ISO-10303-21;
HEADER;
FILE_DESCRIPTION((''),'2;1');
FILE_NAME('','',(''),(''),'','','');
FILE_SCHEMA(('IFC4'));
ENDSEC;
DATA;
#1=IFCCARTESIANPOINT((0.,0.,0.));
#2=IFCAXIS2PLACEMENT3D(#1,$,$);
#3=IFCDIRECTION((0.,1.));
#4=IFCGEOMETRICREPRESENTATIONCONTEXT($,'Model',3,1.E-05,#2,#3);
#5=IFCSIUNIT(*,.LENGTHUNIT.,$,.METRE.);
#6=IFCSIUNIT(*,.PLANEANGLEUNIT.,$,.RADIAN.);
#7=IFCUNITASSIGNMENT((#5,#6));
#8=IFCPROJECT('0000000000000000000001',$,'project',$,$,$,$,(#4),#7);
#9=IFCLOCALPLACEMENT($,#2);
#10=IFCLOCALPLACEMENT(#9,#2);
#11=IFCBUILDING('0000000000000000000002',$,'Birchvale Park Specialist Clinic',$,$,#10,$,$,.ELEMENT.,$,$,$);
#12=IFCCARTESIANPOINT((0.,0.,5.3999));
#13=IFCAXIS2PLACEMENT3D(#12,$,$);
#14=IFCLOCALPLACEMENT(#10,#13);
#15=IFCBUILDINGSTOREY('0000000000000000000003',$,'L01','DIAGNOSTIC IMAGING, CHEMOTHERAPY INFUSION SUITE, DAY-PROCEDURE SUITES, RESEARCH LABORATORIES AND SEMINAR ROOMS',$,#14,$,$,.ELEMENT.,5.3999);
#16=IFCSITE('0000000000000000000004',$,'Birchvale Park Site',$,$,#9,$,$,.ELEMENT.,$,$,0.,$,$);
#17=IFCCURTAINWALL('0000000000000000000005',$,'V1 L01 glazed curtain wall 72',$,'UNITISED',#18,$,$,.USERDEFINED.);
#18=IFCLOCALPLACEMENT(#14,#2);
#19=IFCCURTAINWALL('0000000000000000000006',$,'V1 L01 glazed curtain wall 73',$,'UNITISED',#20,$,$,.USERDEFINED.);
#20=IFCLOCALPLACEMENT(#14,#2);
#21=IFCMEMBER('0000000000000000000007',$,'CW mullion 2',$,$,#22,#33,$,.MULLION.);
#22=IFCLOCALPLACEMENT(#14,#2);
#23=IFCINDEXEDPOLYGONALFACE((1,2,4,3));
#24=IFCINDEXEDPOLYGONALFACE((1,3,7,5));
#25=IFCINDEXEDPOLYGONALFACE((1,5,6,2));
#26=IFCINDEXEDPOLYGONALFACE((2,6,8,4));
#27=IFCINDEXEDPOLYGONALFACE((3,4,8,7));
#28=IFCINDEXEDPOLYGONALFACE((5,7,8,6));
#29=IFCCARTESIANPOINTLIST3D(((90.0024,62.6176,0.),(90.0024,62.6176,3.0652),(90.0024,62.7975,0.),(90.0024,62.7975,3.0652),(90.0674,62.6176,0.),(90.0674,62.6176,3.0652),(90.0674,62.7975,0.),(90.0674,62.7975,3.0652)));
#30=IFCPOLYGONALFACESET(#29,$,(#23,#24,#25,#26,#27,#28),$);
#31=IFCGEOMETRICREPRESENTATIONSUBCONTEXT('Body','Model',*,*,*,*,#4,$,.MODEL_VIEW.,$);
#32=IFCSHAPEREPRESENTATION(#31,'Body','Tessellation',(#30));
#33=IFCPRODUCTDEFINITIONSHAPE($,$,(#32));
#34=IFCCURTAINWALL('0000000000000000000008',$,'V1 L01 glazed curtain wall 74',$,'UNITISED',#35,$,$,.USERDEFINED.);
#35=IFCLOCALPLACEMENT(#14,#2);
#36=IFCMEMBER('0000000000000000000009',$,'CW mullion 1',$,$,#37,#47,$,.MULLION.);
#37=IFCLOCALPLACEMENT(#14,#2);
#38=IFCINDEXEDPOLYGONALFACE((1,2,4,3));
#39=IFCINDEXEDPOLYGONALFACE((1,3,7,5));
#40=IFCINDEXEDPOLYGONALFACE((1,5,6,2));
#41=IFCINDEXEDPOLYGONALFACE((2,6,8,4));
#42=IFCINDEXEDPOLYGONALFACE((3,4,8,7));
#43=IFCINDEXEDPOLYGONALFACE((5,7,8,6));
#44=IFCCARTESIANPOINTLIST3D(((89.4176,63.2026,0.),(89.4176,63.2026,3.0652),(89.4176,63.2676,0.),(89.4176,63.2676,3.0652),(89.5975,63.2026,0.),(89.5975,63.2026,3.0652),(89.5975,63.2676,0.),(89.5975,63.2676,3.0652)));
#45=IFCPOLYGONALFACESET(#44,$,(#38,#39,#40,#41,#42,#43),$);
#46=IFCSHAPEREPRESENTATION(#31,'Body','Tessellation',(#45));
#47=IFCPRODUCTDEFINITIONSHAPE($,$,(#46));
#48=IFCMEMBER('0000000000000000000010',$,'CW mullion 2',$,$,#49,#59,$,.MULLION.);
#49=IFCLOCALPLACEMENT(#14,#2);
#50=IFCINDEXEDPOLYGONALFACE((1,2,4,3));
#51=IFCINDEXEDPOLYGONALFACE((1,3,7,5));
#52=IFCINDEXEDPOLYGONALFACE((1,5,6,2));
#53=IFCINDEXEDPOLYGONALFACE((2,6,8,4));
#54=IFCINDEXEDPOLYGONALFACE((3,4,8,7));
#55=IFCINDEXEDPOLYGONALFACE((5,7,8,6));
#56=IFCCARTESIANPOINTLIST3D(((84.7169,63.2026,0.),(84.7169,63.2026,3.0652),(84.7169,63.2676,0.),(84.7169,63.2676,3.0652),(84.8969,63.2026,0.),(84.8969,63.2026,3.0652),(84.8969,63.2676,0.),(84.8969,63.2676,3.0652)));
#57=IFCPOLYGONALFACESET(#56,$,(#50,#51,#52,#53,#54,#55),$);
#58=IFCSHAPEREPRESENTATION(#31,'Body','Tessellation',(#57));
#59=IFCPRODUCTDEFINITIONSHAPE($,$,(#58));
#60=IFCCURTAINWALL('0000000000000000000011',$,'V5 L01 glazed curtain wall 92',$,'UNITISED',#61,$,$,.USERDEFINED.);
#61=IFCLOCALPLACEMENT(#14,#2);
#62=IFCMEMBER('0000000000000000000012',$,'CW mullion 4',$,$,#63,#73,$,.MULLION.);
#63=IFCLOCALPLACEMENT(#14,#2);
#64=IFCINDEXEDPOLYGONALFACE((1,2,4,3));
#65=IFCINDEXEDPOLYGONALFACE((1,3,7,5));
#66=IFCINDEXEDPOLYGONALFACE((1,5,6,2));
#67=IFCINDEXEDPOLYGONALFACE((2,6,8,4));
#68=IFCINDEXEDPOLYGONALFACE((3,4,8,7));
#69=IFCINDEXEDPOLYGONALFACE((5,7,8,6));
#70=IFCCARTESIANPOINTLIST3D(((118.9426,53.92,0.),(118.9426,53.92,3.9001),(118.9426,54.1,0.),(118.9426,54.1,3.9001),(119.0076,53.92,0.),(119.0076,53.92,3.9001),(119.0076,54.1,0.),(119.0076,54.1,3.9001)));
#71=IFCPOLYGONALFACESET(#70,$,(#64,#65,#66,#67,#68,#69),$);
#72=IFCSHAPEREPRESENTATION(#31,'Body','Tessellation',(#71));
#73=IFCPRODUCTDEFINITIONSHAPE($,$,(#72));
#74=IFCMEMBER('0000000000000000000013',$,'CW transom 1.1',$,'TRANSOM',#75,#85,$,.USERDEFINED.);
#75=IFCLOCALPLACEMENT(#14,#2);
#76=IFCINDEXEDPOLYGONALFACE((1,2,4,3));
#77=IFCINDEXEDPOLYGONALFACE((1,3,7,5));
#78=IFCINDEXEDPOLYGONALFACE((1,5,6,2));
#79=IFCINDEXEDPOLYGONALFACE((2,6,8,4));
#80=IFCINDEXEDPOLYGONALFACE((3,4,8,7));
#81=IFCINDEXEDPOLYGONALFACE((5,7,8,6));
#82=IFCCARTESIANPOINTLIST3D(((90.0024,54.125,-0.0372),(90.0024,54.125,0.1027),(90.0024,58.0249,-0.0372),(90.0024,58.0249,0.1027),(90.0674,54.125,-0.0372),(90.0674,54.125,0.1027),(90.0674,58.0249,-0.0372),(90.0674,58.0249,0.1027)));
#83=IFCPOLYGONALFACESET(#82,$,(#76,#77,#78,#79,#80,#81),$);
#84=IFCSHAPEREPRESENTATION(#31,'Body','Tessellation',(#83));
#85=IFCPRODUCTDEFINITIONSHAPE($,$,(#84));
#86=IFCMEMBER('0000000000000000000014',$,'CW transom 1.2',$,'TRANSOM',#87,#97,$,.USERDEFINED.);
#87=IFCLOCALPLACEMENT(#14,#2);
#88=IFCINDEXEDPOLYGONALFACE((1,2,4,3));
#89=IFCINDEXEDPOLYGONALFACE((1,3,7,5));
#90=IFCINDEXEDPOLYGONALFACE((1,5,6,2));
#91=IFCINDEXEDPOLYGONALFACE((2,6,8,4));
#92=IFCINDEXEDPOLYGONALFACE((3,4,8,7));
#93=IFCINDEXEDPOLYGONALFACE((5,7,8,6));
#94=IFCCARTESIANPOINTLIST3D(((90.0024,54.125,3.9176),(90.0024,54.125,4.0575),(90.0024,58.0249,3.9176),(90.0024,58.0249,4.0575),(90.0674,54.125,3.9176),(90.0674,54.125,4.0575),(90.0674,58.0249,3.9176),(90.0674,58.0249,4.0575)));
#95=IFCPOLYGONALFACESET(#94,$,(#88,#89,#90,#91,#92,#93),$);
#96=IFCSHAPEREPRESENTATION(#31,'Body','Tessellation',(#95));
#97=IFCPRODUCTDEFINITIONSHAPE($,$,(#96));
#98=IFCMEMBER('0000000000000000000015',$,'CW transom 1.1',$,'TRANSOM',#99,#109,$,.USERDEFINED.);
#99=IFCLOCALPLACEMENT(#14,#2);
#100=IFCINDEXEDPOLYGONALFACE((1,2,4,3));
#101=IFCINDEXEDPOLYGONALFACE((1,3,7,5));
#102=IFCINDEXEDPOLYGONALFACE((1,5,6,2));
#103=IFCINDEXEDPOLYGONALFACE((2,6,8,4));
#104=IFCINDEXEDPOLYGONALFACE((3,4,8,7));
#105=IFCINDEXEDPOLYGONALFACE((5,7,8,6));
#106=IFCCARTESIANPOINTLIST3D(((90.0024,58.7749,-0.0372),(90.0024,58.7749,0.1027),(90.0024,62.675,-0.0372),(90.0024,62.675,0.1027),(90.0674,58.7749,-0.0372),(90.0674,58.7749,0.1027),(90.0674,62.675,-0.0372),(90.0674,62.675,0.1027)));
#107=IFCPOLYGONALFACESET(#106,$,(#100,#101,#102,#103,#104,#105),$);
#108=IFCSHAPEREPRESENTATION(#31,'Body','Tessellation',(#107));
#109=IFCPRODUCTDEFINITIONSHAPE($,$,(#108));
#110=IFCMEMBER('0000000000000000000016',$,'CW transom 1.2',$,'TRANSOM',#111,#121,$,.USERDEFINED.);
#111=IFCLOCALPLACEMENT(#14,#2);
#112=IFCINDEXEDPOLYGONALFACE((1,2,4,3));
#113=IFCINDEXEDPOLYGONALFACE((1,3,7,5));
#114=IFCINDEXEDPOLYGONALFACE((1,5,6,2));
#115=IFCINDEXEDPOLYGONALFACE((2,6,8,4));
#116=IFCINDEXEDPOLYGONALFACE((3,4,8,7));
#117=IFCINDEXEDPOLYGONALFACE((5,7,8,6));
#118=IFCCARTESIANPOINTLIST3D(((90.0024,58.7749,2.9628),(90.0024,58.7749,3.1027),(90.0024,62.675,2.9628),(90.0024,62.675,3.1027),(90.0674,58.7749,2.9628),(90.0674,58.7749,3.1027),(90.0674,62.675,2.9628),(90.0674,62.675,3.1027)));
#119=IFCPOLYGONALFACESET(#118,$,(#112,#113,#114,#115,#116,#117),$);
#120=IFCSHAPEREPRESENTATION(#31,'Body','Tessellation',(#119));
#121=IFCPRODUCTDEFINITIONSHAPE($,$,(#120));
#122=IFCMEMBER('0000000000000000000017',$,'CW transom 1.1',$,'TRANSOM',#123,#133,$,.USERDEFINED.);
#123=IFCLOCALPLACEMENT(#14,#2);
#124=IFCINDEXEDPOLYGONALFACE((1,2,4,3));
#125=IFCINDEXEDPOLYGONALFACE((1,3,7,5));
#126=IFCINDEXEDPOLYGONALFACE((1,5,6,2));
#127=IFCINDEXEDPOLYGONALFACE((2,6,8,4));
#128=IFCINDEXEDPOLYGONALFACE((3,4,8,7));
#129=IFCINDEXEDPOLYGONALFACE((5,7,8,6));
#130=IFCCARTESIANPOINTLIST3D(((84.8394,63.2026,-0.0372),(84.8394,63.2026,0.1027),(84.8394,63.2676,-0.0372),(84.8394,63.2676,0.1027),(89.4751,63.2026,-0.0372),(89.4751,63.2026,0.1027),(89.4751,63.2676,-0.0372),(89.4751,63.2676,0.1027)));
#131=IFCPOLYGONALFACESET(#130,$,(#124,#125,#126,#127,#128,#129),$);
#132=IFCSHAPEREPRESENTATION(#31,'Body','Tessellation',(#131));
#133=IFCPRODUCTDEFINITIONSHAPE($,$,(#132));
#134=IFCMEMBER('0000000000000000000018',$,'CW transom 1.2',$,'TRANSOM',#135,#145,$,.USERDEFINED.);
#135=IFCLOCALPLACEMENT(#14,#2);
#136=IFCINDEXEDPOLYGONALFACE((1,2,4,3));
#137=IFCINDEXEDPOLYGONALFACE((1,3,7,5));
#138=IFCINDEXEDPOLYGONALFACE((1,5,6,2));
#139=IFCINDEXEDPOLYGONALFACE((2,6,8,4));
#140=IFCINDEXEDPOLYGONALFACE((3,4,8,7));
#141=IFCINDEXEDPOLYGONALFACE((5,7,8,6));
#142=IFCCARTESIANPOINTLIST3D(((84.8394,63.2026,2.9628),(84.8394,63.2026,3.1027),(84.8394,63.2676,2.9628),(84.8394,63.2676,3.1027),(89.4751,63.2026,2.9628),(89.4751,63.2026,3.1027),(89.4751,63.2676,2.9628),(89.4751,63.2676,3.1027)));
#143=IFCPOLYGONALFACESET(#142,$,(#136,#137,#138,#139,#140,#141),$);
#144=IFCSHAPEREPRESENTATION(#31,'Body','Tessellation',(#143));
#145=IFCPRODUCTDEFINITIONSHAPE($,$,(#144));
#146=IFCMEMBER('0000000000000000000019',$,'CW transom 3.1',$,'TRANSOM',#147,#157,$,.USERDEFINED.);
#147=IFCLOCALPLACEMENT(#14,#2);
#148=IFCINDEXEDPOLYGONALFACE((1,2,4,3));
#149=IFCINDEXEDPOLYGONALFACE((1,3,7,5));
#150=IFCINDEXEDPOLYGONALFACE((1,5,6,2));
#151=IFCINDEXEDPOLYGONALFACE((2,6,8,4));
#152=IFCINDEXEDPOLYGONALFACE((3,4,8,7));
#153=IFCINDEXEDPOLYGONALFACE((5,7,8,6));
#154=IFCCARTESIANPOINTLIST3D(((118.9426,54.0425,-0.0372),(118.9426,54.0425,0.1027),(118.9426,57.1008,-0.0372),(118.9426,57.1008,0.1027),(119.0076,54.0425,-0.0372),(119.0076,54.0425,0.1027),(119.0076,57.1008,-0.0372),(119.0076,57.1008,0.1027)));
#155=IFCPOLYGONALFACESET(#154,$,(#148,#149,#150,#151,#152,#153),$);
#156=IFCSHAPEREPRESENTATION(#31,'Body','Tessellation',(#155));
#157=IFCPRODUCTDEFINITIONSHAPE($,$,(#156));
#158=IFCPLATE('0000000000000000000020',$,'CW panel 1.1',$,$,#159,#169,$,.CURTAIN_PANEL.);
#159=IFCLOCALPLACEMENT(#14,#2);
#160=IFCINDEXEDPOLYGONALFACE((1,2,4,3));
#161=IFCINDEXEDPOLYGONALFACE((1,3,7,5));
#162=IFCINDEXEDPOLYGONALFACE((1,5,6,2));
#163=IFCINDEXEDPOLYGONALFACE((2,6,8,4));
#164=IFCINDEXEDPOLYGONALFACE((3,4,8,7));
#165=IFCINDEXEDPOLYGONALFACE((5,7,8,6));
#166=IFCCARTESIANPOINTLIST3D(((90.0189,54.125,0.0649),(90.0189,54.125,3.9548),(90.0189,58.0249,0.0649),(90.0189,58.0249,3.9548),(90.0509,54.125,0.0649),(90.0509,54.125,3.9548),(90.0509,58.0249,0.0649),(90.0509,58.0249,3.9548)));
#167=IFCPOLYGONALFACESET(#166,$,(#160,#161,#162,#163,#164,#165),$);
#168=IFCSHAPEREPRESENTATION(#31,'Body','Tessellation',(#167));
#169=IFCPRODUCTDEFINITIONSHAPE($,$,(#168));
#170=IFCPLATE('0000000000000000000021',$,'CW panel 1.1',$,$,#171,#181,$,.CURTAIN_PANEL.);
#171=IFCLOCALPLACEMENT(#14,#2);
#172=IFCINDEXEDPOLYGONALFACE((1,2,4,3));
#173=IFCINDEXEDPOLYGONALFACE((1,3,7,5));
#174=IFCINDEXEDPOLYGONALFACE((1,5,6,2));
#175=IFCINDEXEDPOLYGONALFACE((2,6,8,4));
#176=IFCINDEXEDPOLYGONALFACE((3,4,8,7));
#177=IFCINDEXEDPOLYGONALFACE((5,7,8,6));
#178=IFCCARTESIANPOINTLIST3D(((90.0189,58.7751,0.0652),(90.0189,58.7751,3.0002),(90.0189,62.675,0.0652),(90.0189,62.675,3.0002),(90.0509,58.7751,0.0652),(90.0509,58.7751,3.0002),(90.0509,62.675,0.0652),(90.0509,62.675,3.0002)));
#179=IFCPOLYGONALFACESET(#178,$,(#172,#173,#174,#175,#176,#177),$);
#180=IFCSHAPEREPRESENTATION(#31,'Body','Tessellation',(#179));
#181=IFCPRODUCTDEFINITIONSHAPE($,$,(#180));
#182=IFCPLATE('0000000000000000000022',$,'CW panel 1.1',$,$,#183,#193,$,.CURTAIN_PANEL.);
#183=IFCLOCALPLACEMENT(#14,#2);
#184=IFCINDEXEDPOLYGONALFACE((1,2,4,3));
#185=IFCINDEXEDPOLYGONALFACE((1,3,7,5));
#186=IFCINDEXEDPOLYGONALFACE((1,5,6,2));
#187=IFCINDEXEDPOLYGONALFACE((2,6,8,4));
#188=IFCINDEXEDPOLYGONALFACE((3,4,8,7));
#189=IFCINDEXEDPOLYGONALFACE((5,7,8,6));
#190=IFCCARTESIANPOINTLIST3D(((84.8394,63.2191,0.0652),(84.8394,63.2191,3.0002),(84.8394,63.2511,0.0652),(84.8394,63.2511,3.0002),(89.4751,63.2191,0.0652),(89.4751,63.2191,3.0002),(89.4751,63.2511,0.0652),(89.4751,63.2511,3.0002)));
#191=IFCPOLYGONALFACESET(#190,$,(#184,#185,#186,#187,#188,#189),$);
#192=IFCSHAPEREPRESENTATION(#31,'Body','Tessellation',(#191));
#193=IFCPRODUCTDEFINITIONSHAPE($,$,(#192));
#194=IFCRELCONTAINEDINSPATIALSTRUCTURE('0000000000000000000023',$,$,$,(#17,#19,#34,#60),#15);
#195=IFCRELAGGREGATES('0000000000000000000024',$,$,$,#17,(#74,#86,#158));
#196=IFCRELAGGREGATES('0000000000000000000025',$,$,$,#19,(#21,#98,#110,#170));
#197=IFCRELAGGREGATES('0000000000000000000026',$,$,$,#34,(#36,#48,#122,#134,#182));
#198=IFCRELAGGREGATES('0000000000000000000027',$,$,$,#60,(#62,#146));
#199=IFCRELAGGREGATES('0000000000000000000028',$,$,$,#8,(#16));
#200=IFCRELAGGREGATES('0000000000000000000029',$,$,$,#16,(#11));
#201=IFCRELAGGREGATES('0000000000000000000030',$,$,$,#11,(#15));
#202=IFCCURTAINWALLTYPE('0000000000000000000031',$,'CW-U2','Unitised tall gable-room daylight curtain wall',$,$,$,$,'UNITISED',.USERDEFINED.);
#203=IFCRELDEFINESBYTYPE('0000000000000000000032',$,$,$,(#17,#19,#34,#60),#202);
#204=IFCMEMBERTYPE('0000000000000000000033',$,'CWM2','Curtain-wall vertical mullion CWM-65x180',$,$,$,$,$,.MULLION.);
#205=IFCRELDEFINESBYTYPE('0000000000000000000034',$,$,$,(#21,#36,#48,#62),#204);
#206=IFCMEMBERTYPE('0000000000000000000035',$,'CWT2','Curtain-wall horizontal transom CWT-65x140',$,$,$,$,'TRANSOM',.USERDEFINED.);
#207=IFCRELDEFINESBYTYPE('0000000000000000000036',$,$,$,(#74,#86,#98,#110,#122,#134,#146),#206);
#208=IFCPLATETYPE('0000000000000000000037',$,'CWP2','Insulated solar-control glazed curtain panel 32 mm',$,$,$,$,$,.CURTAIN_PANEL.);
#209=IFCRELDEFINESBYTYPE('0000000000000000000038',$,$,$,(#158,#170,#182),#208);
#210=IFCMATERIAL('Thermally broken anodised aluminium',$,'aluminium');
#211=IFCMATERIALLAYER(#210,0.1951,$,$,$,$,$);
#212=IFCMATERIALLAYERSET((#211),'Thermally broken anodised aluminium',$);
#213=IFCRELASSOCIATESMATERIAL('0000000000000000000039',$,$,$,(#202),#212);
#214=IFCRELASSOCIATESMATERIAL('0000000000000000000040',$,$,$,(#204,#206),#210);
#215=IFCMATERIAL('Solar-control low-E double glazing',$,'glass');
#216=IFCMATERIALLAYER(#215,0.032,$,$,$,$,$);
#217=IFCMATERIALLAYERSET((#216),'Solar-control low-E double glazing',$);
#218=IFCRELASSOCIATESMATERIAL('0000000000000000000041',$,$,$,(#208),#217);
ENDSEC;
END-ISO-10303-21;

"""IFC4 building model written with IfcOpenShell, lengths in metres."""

from ifc_helpers import new_model, si_unit, direction, frame, origin, origin_2d, place, context, subcontext, project, spatial, rectangle, extrude, material, layer, layer_set, material_profile, profile_set, type_object, element, aggregate, save


model = new_model("IFC4")

# Units and contexts
model_context = context("Model", 3, precision=1e-05, world=origin(), true_north=direction((0.0, 1.0)))
body_context = subcontext(model_context, "Body", "Model", "MODEL_VIEW")
ifc_project = project(units=[si_unit("LENGTHUNIT", "METRE"), si_unit("PLANEANGLEUNIT", "RADIAN")], contexts=[model_context])

# Site, building, storey
site_placement = place(None, origin())
site = spatial("IfcSite", under=ifc_project, at=site_placement, Name="Birchvale Park Site", CompositionType="ELEMENT", RefElevation=0.0)
building_placement = place(site_placement, origin())
building = spatial("IfcBuilding", under=site, at=building_placement, Name="Birchvale Park Specialist Clinic", CompositionType="ELEMENT")
storey_placement = place(building_placement, frame((0.0, 0.0, 5.3999)))
storey = spatial("IfcBuildingStorey", under=building, at=storey_placement, Name="L01", Description="DIAGNOSTIC IMAGING, CHEMOTHERAPY INFUSION SUITE, DAY-PROCEDURE SUITES, RESEARCH LABORATORIES AND SEMINAR ROOMS", CompositionType="ELEMENT", Elevation=5.3999)

# Curtain walls, members
ifc_material_1 = material(Name="Thermally broken anodised aluminium", Category="aluminium")
ifc_layer_1 = layer(ifc_material_1, 0.1951)
ifc_layer_set_1 = layer_set([ifc_layer_1], Name="Thermally broken anodised aluminium")
curtain_wall_type = type_object("IfcCurtainWallType", Name="CW-U2", Description="Unitised tall gable-room daylight curtain wall", ElementType="UNITISED", PredefinedType="USERDEFINED", material=ifc_layer_set_1)
curtain_wall_1_placement = place(storey_placement, origin())
curtain_wall_1 = element("IfcCurtainWall", 1, at=curtain_wall_1_placement, inside=storey, type_object=curtain_wall_type, Name="V1 L01 glazed curtain wall 72", ObjectType="UNITISED", PredefinedType="USERDEFINED")
ifc_material_profile_1 = material_profile(ifc_material_1, rectangle(XDim=0.0649, YDim=0.1799, at=origin_2d()), Name="CWM-65x180")
ifc_profile_set_1 = profile_set([ifc_material_profile_1], Name="Thermally broken anodised aluminium")
member_type_1 = type_object("IfcMemberType", Name="CWM2", Description="Curtain-wall vertical mullion CWM-65x180", PredefinedType="MULLION", material=ifc_profile_set_1)
curtain_wall_2_placement = place(storey_placement, origin())
curtain_wall_2 = element("IfcCurtainWall", 2, at=curtain_wall_2_placement, inside=storey, type_object=curtain_wall_type, Name="V1 L01 glazed curtain wall 73", ObjectType="UNITISED", PredefinedType="USERDEFINED")
member_1_placement = place(storey_placement, frame((90.0349, 62.7075, 0.0), z_axis=(0.0, 0.0, 1.0), x_axis=(-1.0, 0.0, 0.0)))
member_1 = element("IfcMember", 3, at=member_1_placement, type_object=member_type_1, Name="CW mullion 2", PredefinedType="MULLION", context=body_context, shape_type="SweptSolid", body=[
    extrude(rectangle(XDim=0.0649, YDim=0.1799, at=origin_2d()), origin(), (0.0, 0.0, 1.0), 3.0652),
])
curtain_wall_3_placement = place(storey_placement, origin())
curtain_wall_3 = element("IfcCurtainWall", 4, at=curtain_wall_3_placement, inside=storey, type_object=curtain_wall_type, Name="V1 L01 glazed curtain wall 74", ObjectType="UNITISED", PredefinedType="USERDEFINED")
member_2_placement = place(storey_placement, frame((89.5076, 63.2351, 0.0), z_axis=(0.0, 0.0, 1.0), x_axis=(0.0, -1.0, 0.0)))
member_2 = element("IfcMember", 5, at=member_2_placement, type_object=member_type_1, Name="CW mullion 1", PredefinedType="MULLION", context=body_context, shape_type="SweptSolid", body=[
    extrude(rectangle(XDim=0.0649, YDim=0.1799, at=origin_2d()), origin(), (0.0, 0.0, 1.0), 3.0652),
])
member_3_placement = place(storey_placement, frame((84.8069, 63.2351, 0.0), z_axis=(0.0, 0.0, 1.0), x_axis=(0.0, -1.0, 0.0)))
member_3 = element("IfcMember", 6, at=member_3_placement, type_object=member_type_1, Name="CW mullion 2", PredefinedType="MULLION", context=body_context, shape_type="SweptSolid", body=[
    extrude(rectangle(XDim=0.0649, YDim=0.1799, at=origin_2d()), origin(), (0.0, 0.0, 1.0), 3.0652),
])

# Curtain wall, member
curtain_wall_4_placement = place(storey_placement, origin())
curtain_wall_4 = element("IfcCurtainWall", 7, at=curtain_wall_4_placement, inside=storey, type_object=curtain_wall_type, Name="V5 L01 glazed curtain wall 92", ObjectType="UNITISED", PredefinedType="USERDEFINED")
member_4_placement = place(storey_placement, frame((118.9751, 54.01, 0.0), z_axis=(0.0, 0.0, 1.0), x_axis=(1.0, 0.0, 0.0)))
member_4 = element("IfcMember", 8, at=member_4_placement, type_object=member_type_1, Name="CW mullion 4", PredefinedType="MULLION", context=body_context, shape_type="SweptSolid", body=[
    extrude(rectangle(XDim=0.0649, YDim=0.1799, at=origin_2d()), origin(), (0.0, 0.0, 1.0), 3.9001),
])

# Members
ifc_material_profile_2 = material_profile(ifc_material_1, rectangle(XDim=0.0649, YDim=0.1399, at=origin_2d()), Name="CWT-65x140")
ifc_profile_set_2 = profile_set([ifc_material_profile_2], Name="Thermally broken anodised aluminium")
member_type_2 = type_object("IfcMemberType", Name="CWT2", Description="Curtain-wall horizontal transom CWT-65x140", ElementType="TRANSOM", PredefinedType="USERDEFINED", material=ifc_profile_set_2)
member_5_placement = place(storey_placement, frame((90.0349, 54.125, 0.0327), z_axis=(0.0, 1.0, 0.0), x_axis=(-1.0, 0.0, 0.0)))
member_5 = element("IfcMember", 9, at=member_5_placement, type_object=member_type_2, Name="CW transom 1.1", ObjectType="TRANSOM", PredefinedType="USERDEFINED", context=body_context, shape_type="SweptSolid", body=[
    extrude(rectangle(XDim=0.0649, YDim=0.1399, at=origin_2d()), origin(), (0.0, 0.0, 1.0), 3.8999),
])
member_6_placement = place(storey_placement, frame((90.0349, 54.125, 3.9875), z_axis=(0.0, 1.0, 0.0), x_axis=(-1.0, 0.0, 0.0)))
member_6 = element("IfcMember", 10, at=member_6_placement, type_object=member_type_2, Name="CW transom 1.2", ObjectType="TRANSOM", PredefinedType="USERDEFINED", context=body_context, shape_type="SweptSolid", body=[
    extrude(rectangle(XDim=0.0649, YDim=0.1399, at=origin_2d()), origin(), (0.0, 0.0, 1.0), 3.8999),
])
member_7_placement = place(storey_placement, frame((90.0349, 58.7749, 0.0327), z_axis=(0.0, 1.0, 0.0), x_axis=(-1.0, 0.0, 0.0)))
member_7 = element("IfcMember", 11, at=member_7_placement, type_object=member_type_2, Name="CW transom 1.1", ObjectType="TRANSOM", PredefinedType="USERDEFINED", context=body_context, shape_type="SweptSolid", body=[
    extrude(rectangle(XDim=0.0649, YDim=0.1399, at=origin_2d()), origin(), (0.0, 0.0, 1.0), 3.9001),
])
member_8_placement = place(storey_placement, frame((90.0349, 58.7749, 3.0327), z_axis=(0.0, 1.0, 0.0), x_axis=(-1.0, 0.0, 0.0)))
member_8 = element("IfcMember", 12, at=member_8_placement, type_object=member_type_2, Name="CW transom 1.2", ObjectType="TRANSOM", PredefinedType="USERDEFINED", context=body_context, shape_type="SweptSolid", body=[
    extrude(rectangle(XDim=0.0649, YDim=0.1399, at=origin_2d()), origin(), (0.0, 0.0, 1.0), 3.9001),
])
member_9_placement = place(storey_placement, frame((89.4751, 63.2351, 0.0327), z_axis=(-1.0, 0.0, 0.0), x_axis=(0.0, -1.0, 0.0)))
member_9 = element("IfcMember", 13, at=member_9_placement, type_object=member_type_2, Name="CW transom 1.1", ObjectType="TRANSOM", PredefinedType="USERDEFINED", context=body_context, shape_type="SweptSolid", body=[
    extrude(rectangle(XDim=0.0649, YDim=0.1399, at=origin_2d()), origin(), (0.0, 0.0, 1.0), 4.6357),
])
member_10_placement = place(storey_placement, frame((89.4751, 63.2351, 3.0327), z_axis=(-1.0, 0.0, 0.0), x_axis=(0.0, -1.0, 0.0)))
member_10 = element("IfcMember", 14, at=member_10_placement, type_object=member_type_2, Name="CW transom 1.2", ObjectType="TRANSOM", PredefinedType="USERDEFINED", context=body_context, shape_type="SweptSolid", body=[
    extrude(rectangle(XDim=0.0649, YDim=0.1399, at=origin_2d()), origin(), (0.0, 0.0, 1.0), 4.6357),
])
member_11_placement = place(storey_placement, frame((118.9751, 57.1008, 0.0327), z_axis=(0.0, -1.0, 0.0), x_axis=(1.0, 0.0, 0.0)))
member_11 = element("IfcMember", 15, at=member_11_placement, type_object=member_type_2, Name="CW transom 3.1", ObjectType="TRANSOM", PredefinedType="USERDEFINED", context=body_context, shape_type="SweptSolid", body=[
    extrude(rectangle(XDim=0.0649, YDim=0.1399, at=origin_2d()), origin(), (0.0, 0.0, 1.0), 3.0583),
])

# Plates
ifc_material_2 = material(Name="Solar-control low-E double glazing", Category="glass")
ifc_layer_2 = layer(ifc_material_2, 0.032)
ifc_layer_set_2 = layer_set([ifc_layer_2], Name="Solar-control low-E double glazing")
plate_type = type_object("IfcPlateType", Name="CWP2", Description="Insulated solar-control glazed curtain panel 32 mm", PredefinedType="CURTAIN_PANEL", material=ifc_layer_set_2)
plate_1_placement = place(storey_placement, frame((90.0349, 56.075, 0.0649), z_axis=(0.0, 0.0, 1.0), x_axis=(0.0, 1.0, 0.0)))
plate_1 = element("IfcPlate", 16, at=plate_1_placement, type_object=plate_type, Name="CW panel 1.1", PredefinedType="CURTAIN_PANEL", context=body_context, shape_type="SweptSolid", body=[
    extrude(rectangle(XDim=3.8999, YDim=0.032, at=origin_2d()), origin(), (0.0, 0.0, 1.0), 3.8899),
])
aggregate(curtain_wall_1, [member_5, member_6, plate_1])
plate_2_placement = place(storey_placement, frame((90.0349, 60.7251, 0.0652), z_axis=(0.0, 0.0, 1.0), x_axis=(0.0, 1.0, 0.0)))
plate_2 = element("IfcPlate", 17, at=plate_2_placement, type_object=plate_type, Name="CW panel 1.1", PredefinedType="CURTAIN_PANEL", context=body_context, shape_type="SweptSolid", body=[
    extrude(rectangle(XDim=3.8999, YDim=0.032, at=origin_2d()), origin(), (0.0, 0.0, 1.0), 2.9351),
])
aggregate(curtain_wall_2, [member_1, member_7, member_8, plate_2])
plate_3_placement = place(storey_placement, frame((87.1572, 63.2351, 0.0652), z_axis=(0.0, 0.0, 1.0), x_axis=(-1.0, 0.0, 0.0)))
plate_3 = element("IfcPlate", 18, at=plate_3_placement, type_object=plate_type, Name="CW panel 1.1", PredefinedType="CURTAIN_PANEL", context=body_context, shape_type="SweptSolid", body=[
    extrude(rectangle(XDim=4.6357, YDim=0.032, at=origin_2d()), origin(), (0.0, 0.0, 1.0), 2.9351),
])
aggregate(curtain_wall_3, [member_2, member_3, member_9, member_10, plate_3])
aggregate(curtain_wall_4, [member_4, member_11])

save(model, "model.ifc")
